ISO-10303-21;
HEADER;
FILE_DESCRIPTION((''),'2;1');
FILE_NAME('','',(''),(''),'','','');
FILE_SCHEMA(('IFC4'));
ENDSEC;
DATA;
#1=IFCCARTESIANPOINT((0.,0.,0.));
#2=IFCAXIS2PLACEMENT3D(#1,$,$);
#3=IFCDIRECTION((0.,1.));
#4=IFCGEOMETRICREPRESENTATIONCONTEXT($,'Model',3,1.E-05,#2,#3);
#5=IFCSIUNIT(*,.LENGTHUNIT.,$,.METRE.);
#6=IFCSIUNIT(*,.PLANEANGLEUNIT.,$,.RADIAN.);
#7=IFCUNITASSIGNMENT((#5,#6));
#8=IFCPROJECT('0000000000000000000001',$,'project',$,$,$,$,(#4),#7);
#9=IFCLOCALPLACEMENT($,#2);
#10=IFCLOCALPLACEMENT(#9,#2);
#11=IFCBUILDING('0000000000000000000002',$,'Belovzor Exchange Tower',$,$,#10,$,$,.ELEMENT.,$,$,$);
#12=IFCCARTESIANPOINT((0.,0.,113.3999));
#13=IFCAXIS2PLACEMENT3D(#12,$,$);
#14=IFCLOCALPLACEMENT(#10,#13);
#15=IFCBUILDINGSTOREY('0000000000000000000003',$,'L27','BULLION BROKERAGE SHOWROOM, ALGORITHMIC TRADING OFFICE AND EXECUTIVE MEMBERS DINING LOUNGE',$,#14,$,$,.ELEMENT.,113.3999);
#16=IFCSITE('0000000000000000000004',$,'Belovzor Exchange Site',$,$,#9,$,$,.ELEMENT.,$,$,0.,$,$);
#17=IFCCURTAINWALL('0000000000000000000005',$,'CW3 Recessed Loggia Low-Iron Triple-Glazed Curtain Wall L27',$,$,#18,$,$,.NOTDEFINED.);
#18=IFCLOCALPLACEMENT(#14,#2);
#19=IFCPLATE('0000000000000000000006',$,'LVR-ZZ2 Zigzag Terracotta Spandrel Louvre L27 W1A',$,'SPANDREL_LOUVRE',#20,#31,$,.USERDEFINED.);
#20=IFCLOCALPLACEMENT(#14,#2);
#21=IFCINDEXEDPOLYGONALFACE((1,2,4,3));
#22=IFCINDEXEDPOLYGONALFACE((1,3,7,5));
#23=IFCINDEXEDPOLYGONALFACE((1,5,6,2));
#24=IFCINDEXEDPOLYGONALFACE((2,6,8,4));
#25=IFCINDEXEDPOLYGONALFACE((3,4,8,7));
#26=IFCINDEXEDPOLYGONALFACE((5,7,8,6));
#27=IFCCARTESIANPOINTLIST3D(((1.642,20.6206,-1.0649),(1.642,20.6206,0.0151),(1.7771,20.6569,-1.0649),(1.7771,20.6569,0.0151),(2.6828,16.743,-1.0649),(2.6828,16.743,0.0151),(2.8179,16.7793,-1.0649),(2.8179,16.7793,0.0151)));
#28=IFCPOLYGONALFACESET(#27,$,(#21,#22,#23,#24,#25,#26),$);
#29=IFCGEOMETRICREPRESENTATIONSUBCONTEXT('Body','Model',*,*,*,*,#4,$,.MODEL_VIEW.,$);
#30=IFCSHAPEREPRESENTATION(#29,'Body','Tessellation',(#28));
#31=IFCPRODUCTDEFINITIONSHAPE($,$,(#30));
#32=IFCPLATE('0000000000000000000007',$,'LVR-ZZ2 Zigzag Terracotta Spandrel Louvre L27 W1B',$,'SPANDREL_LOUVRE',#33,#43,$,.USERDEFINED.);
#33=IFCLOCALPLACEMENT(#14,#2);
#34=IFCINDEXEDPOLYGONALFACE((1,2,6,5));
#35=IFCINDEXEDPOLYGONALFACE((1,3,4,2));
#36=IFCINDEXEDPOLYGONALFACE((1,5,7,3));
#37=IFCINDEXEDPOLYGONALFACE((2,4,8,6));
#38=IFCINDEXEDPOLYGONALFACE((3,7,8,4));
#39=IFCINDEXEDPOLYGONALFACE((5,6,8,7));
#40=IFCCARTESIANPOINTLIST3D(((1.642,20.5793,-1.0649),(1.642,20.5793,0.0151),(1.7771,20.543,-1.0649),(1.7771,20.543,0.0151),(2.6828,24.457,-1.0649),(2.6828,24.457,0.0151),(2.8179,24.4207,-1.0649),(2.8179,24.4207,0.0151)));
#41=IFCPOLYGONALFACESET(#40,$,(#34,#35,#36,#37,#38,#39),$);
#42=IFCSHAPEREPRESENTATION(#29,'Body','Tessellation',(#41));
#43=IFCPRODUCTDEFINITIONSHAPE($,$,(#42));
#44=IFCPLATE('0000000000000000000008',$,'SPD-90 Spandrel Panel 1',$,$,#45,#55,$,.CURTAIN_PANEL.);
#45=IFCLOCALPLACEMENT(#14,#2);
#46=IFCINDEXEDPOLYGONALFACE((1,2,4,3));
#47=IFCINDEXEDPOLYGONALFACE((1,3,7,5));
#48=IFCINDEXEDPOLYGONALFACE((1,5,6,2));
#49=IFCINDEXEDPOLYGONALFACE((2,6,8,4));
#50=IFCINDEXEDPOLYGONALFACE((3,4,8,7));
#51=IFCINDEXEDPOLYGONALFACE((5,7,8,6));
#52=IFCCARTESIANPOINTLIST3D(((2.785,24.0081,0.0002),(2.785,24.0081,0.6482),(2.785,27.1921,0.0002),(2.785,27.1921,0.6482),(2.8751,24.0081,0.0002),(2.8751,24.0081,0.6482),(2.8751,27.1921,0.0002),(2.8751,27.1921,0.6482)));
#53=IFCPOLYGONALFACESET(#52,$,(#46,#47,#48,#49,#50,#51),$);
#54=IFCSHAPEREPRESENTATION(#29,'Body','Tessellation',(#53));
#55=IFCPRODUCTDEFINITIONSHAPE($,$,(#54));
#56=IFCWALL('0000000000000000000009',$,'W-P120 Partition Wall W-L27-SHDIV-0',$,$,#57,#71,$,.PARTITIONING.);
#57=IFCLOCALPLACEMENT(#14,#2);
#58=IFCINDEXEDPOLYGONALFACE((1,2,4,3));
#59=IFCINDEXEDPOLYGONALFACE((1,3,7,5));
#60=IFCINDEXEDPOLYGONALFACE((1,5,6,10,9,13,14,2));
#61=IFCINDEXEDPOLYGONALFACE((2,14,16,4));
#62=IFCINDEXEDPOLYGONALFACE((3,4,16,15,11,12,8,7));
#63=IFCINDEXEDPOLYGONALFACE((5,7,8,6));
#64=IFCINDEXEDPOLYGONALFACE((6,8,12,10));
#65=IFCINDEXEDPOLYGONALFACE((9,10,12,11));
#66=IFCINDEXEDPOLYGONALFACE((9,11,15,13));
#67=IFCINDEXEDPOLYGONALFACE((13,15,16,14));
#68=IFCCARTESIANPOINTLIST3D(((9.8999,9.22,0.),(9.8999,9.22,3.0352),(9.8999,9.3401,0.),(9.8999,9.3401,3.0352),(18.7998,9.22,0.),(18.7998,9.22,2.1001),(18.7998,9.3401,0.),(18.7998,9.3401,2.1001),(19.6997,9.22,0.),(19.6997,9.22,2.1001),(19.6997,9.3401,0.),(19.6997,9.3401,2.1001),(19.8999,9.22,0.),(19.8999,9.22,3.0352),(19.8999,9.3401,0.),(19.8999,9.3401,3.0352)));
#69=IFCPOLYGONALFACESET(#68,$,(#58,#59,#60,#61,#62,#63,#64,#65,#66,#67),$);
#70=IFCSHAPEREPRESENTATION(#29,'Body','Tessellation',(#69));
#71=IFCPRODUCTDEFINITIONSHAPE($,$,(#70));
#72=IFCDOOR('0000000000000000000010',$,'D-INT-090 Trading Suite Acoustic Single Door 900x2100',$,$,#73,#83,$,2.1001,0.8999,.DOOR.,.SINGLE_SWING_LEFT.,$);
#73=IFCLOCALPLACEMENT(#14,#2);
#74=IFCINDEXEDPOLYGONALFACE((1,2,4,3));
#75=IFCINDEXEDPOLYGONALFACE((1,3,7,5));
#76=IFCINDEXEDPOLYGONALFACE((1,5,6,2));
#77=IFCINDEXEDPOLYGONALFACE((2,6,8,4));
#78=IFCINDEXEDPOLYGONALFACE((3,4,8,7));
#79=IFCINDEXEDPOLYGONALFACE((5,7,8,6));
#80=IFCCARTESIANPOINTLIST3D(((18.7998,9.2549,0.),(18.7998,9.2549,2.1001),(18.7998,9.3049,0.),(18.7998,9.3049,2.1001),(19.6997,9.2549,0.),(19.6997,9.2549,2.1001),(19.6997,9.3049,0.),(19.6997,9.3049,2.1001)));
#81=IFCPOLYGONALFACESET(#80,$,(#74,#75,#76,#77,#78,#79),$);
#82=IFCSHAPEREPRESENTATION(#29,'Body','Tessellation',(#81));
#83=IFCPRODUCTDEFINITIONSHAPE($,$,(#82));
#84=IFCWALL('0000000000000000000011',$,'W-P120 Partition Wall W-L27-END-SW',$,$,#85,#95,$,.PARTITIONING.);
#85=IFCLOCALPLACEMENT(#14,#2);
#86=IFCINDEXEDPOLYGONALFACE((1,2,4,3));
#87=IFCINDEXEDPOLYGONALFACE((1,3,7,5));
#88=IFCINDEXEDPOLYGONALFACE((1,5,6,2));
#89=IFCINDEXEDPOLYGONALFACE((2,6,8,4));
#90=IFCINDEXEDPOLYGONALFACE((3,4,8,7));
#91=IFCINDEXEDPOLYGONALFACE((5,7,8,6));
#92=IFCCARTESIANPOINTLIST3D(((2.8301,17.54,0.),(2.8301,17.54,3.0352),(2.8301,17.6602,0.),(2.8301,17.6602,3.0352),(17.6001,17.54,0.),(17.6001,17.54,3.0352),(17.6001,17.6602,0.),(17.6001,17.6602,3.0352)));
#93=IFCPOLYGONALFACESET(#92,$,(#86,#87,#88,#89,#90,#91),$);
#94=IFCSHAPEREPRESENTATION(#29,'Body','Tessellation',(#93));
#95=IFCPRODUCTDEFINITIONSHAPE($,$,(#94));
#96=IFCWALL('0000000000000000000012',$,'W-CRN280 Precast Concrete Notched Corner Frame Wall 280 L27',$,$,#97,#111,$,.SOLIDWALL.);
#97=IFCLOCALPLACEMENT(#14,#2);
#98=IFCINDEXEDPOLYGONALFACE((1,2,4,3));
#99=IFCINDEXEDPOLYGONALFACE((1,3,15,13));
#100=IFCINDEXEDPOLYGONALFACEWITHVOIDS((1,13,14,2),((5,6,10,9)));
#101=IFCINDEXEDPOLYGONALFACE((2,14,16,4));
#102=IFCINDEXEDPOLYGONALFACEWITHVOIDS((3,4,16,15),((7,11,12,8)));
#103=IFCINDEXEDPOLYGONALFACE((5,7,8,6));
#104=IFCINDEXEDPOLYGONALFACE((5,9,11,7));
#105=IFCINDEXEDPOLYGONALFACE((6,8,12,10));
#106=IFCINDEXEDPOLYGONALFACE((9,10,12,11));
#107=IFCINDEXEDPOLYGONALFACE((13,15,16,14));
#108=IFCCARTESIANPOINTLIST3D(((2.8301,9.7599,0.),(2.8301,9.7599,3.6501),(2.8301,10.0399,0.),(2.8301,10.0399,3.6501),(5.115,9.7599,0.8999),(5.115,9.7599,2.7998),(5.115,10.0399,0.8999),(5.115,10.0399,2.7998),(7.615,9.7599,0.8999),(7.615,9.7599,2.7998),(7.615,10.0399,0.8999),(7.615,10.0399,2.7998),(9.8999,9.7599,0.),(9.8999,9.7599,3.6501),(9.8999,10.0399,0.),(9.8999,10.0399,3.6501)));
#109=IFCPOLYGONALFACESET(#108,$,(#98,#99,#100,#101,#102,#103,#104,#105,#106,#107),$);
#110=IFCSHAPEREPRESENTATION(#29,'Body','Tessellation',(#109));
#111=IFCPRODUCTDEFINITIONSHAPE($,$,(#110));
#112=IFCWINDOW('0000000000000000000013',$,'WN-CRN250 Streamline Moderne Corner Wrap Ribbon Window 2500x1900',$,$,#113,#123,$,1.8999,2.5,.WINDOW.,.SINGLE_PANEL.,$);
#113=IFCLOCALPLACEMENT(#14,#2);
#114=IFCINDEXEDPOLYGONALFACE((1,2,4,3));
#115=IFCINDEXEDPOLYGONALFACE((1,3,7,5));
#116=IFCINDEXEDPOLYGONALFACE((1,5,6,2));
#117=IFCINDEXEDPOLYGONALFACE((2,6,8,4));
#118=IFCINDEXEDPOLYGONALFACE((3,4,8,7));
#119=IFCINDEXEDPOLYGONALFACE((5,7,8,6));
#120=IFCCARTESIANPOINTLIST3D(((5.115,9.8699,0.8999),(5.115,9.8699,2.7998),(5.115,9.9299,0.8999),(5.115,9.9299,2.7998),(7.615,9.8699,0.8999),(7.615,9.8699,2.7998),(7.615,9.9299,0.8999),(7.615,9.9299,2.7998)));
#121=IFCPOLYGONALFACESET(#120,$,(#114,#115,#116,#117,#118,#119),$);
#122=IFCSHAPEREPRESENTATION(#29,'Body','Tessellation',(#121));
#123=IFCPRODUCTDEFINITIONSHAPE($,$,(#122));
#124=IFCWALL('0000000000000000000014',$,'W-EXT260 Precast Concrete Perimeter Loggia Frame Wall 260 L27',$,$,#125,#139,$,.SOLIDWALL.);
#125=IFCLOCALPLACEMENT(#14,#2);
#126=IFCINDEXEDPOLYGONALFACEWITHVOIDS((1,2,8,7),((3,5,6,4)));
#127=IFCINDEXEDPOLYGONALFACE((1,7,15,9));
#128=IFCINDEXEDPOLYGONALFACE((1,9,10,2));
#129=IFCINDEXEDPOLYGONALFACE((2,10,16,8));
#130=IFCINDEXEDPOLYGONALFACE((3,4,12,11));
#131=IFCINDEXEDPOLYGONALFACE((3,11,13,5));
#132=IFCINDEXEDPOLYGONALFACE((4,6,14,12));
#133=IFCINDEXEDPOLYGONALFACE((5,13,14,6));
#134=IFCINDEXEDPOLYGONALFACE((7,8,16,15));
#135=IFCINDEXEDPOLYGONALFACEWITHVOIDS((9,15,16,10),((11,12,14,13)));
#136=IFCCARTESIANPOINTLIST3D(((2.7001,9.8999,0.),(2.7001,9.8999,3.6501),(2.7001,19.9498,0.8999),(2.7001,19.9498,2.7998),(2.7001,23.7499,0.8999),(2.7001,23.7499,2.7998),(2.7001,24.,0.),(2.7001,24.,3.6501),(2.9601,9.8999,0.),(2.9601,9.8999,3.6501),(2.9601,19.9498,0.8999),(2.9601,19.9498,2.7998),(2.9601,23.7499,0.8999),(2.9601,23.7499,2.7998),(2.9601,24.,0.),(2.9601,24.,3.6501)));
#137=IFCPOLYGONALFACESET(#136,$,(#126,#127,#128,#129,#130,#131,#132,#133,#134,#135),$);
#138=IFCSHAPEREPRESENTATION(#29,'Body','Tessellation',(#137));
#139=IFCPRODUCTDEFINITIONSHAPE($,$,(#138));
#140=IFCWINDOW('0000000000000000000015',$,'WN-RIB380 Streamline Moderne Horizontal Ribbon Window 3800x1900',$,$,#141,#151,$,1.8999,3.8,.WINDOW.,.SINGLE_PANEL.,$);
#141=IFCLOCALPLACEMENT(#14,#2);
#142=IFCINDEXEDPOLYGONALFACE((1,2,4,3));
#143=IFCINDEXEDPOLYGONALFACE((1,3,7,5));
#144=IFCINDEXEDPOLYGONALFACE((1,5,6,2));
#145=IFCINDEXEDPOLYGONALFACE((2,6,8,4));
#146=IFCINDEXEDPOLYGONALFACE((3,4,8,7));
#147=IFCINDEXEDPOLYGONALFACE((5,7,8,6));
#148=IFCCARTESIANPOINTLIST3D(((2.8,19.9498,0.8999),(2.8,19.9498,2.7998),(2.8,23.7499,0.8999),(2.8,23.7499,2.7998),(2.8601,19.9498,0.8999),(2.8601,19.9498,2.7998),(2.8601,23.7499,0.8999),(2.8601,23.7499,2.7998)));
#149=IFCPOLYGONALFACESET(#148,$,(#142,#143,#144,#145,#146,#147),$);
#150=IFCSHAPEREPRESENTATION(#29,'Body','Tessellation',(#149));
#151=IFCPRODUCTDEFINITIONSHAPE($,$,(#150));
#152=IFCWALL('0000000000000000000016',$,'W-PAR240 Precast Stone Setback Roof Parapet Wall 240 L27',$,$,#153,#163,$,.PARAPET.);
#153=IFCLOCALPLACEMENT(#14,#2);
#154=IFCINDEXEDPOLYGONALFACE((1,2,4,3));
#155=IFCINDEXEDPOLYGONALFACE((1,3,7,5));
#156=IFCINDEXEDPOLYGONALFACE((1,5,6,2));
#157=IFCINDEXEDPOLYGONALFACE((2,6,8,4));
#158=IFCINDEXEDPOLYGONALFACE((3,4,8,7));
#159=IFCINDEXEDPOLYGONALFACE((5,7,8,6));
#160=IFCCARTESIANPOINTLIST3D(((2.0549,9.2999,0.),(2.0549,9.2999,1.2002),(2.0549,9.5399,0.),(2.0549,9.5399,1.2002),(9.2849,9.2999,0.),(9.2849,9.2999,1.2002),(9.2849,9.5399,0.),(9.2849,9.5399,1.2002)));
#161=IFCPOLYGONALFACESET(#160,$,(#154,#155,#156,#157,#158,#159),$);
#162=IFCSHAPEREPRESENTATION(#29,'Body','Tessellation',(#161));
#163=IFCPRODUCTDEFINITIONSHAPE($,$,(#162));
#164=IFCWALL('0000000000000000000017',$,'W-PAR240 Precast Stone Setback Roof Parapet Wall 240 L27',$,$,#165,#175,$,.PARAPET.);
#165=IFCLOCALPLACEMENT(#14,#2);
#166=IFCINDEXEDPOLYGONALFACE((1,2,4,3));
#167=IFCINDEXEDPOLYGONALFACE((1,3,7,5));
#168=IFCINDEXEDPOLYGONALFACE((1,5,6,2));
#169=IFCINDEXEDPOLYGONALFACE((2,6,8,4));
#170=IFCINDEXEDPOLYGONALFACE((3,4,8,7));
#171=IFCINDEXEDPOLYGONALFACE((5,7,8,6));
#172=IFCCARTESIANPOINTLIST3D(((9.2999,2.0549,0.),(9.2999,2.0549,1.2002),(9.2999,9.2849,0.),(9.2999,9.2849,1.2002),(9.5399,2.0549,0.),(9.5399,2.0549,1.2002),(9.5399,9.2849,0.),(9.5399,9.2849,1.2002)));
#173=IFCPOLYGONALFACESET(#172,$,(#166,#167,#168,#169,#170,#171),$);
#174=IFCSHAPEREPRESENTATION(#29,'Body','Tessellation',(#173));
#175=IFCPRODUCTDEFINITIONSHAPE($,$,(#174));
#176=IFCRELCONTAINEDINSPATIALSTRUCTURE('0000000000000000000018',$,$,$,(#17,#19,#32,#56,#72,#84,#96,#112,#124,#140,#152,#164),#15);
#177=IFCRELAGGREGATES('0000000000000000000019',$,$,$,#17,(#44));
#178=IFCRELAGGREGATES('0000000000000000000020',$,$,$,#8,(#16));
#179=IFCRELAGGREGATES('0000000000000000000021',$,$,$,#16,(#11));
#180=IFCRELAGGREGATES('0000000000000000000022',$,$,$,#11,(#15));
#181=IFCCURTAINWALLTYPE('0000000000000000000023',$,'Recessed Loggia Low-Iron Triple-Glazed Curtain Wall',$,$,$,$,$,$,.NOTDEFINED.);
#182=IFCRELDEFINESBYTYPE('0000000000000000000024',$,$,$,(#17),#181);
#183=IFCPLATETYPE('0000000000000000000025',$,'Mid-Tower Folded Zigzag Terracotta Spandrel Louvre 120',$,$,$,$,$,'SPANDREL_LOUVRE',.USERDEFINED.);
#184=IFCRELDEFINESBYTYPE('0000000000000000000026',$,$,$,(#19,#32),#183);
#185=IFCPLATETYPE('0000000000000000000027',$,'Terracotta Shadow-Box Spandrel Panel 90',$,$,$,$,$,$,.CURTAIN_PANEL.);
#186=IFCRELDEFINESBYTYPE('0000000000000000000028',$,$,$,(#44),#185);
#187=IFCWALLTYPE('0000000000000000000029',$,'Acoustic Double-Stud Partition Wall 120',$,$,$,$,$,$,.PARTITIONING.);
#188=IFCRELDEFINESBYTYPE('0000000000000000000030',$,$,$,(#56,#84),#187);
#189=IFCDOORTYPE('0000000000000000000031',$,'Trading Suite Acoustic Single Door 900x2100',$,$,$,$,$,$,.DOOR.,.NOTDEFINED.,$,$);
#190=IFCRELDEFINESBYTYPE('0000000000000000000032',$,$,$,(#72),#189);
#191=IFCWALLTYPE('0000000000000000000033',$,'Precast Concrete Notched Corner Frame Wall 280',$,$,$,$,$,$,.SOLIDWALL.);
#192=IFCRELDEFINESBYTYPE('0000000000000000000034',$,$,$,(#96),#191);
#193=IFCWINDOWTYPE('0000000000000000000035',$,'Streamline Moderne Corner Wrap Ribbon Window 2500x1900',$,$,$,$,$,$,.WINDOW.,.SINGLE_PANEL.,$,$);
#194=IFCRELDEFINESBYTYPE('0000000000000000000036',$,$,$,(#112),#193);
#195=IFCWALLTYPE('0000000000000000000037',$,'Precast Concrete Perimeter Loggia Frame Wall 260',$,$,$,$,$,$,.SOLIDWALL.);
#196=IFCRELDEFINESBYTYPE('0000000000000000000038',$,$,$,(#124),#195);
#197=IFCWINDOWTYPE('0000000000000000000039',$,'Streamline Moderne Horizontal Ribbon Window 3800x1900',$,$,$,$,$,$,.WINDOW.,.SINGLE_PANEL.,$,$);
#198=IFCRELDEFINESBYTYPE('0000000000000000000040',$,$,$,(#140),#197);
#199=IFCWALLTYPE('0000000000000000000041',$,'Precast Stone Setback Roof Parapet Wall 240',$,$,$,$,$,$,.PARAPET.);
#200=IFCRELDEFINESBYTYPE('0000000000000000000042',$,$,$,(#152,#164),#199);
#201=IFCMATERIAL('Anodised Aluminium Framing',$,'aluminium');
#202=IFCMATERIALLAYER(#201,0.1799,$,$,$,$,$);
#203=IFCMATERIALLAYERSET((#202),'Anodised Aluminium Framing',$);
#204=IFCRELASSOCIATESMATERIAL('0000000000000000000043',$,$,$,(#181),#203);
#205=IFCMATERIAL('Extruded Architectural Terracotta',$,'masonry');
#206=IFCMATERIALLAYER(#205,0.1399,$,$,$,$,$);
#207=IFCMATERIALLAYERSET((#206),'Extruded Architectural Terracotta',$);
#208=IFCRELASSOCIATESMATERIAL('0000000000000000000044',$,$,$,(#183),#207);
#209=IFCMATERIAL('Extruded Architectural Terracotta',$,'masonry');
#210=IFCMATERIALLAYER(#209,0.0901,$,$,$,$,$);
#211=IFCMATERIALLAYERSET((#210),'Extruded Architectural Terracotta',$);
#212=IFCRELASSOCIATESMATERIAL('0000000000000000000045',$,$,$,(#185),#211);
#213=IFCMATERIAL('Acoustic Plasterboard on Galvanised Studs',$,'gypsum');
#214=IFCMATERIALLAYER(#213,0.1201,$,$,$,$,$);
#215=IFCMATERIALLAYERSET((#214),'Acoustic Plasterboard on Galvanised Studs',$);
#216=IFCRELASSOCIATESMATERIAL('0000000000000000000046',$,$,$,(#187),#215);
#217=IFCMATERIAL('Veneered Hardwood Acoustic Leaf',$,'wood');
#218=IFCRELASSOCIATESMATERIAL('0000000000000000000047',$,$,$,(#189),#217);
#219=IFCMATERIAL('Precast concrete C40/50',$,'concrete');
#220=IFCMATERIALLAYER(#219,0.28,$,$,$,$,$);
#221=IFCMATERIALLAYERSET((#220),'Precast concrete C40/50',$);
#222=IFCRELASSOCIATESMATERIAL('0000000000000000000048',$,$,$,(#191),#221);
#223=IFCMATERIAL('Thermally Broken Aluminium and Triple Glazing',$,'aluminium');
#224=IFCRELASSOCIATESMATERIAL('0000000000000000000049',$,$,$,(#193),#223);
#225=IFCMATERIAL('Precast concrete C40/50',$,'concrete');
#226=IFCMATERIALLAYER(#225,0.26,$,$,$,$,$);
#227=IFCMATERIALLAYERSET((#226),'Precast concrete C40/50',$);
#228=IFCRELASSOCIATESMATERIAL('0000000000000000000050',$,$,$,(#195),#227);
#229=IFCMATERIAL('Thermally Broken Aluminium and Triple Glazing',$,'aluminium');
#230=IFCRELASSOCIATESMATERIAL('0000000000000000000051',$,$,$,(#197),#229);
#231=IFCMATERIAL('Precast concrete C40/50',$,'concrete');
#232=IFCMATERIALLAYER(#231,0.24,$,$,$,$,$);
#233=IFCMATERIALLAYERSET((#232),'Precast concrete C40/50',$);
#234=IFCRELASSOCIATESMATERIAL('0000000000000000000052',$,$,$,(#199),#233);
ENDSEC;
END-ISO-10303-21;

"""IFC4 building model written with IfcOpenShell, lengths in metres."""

from ifc_helpers import new_model, si_unit, direction, frame, frame_2d, origin, origin_2d, place, context, subcontext, project, spatial, rectangle, extrude, material, layer, layer_set, type_object, element, fill, aggregate, save


model = new_model("IFC4")

# Units and contexts
model_context = context("Model", 3, precision=1e-05, world=origin(), true_north=direction((0.0, 1.0)))
body_context = subcontext(model_context, "Body", "Model", "MODEL_VIEW")
ifc_project = project(units=[si_unit("LENGTHUNIT", "METRE"), si_unit("PLANEANGLEUNIT", "RADIAN")], contexts=[model_context])

# Site, building, storey
site_placement = place(None, origin())
site = spatial("IfcSite", under=ifc_project, at=site_placement, Name="Belovzor Exchange Site", CompositionType="ELEMENT", RefElevation=0.0)
building_placement = place(site_placement, origin())
building = spatial("IfcBuilding", under=site, at=building_placement, Name="Belovzor Exchange Tower", CompositionType="ELEMENT")
storey_placement = place(building_placement, frame((0.0, 0.0, 113.3999)))
storey = spatial("IfcBuildingStorey", under=building, at=storey_placement, Name="L27", Description="BULLION BROKERAGE SHOWROOM, ALGORITHMIC TRADING OFFICE AND EXECUTIVE MEMBERS DINING LOUNGE", CompositionType="ELEMENT", Elevation=113.3999)

# Curtain wall
ifc_material_1 = material(Name="Anodised Aluminium Framing", Category="aluminium")
ifc_layer_1 = layer(ifc_material_1, 0.1799)
ifc_layer_set_1 = layer_set([ifc_layer_1], Name="Anodised Aluminium Framing")
curtain_wall_type_1 = type_object("IfcCurtainWallType", Name="Recessed Loggia Low-Iron Triple-Glazed Curtain Wall", PredefinedType="NOTDEFINED", material=ifc_layer_set_1)
curtain_wall_1_placement = place(storey_placement, origin())
curtain_wall_1 = element("IfcCurtainWall", 1, at=curtain_wall_1_placement, inside=storey, type_object=curtain_wall_type_1, Name="CW3 Recessed Loggia Low-Iron Triple-Glazed Curtain Wall L27", PredefinedType="NOTDEFINED")

# Plates
ifc_material_2 = material(Name="Extruded Architectural Terracotta", Category="masonry")
ifc_layer_2 = layer(ifc_material_2, 0.1399)
ifc_layer_set_2 = layer_set([ifc_layer_2], Name="Extruded Architectural Terracotta")
plate_type_1 = type_object("IfcPlateType", Name="Mid-Tower Folded Zigzag Terracotta Spandrel Louvre 120", ElementType="SPANDREL_LOUVRE", PredefinedType="USERDEFINED", material=ifc_layer_set_2)
for number, where, z_axis, x_axis, name in (
    (2, (2.23, 18.7, -1.0649), (0.0, 0.0, 1.0), (-0.25924, 0.965813, 0.0), "LVR-ZZ2 Zigzag Terracotta Spandrel Louvre L27 W1A"),
    (3, (2.23, 22.5, -1.0649), (0.0, 0.0, 1.0), (0.25924, 0.965813, 0.0), "LVR-ZZ2 Zigzag Terracotta Spandrel Louvre L27 W1B"),
):
    element("IfcPlate", number, at=place(storey_placement, frame(where, z_axis=z_axis, x_axis=x_axis)), inside=storey, type_object=plate_type_1, Name=name, ObjectType="SPANDREL_LOUVRE", PredefinedType="USERDEFINED", context=body_context, shape_type="SweptSolid", body=[
        extrude(rectangle(XDim=4.0149, YDim=0.1399, at=origin_2d()), origin(), (0.0, 0.0, 1.0), 1.0801),
    ])

# Plate
ifc_material_3 = material(Name="Extruded Architectural Terracotta", Category="masonry")
ifc_layer_3 = layer(ifc_material_3, 0.0901)
ifc_layer_set_3 = layer_set([ifc_layer_3], Name="Extruded Architectural Terracotta")
plate_type_2 = type_object("IfcPlateType", Name="Terracotta Shadow-Box Spandrel Panel 90", PredefinedType="CURTAIN_PANEL", material=ifc_layer_set_3)
plate_1_placement = place(storey_placement, frame((2.8301, 25.6001, 0.0002), z_axis=(0.0, 0.0, 1.0), x_axis=(0.0, 1.0, 0.0)))
plate_1 = element("IfcPlate", 4, at=plate_1_placement, type_object=plate_type_2, Name="SPD-90 Spandrel Panel 1", PredefinedType="CURTAIN_PANEL", context=body_context, shape_type="SweptSolid", body=[
    extrude(rectangle(XDim=3.1841, YDim=0.0901, at=origin_2d()), origin(), (0.0, 0.0, 1.0), 0.6479),
])
aggregate(curtain_wall_1, [plate_1])

# Wall, opening, door
ifc_material_4 = material(Name="Acoustic Plasterboard on Galvanised Studs", Category="gypsum")
ifc_layer_4 = layer(ifc_material_4, 0.1201)
ifc_layer_set_4 = layer_set([ifc_layer_4], Name="Acoustic Plasterboard on Galvanised Studs")
wall_type_1 = type_object("IfcWallType", Name="Acoustic Double-Stud Partition Wall 120", PredefinedType="PARTITIONING", material=ifc_layer_set_4)
wall_1_placement = place(storey_placement, frame((9.8999, 9.28, 0.0), z_axis=(0.0, 0.0, 1.0), x_axis=(1.0, 0.0, 0.0)))
wall_1 = element("IfcWall", 5, at=wall_1_placement, inside=storey, type_object=wall_type_1, Name="W-P120 Partition Wall W-L27-SHDIV-0", PredefinedType="PARTITIONING", context=body_context, shape_type="SweptSolid", body=[
    extrude(rectangle(XDim=10.0, YDim=0.1201, at=frame_2d((5.0, 0.0))), origin(), (0.0, 0.0, 1.0), 3.0352),
])
opening_1_placement = place(wall_1_placement, frame((8.8999, 0.0, 0.0)))
opening_1 = element("IfcOpeningElement", 6, at=opening_1_placement, cuts=wall_1, PredefinedType="OPENING", context=body_context, shape_type="SweptSolid", body=[
    extrude(rectangle(XDim=0.8999, YDim=2.1001, at=frame_2d((0.45, 1.05))), frame((0.0, 0.0701, 0.0), z_axis=(0.0, -1.0, 0.0), x_axis=(1.0, 0.0, 0.0)), (0.0, 0.0, 1.0), 0.1401),
])
ifc_material_5 = material(Name="Veneered Hardwood Acoustic Leaf", Category="wood")
door_type = type_object("IfcDoorType", Name="Trading Suite Acoustic Single Door 900x2100", OperationType="NOTDEFINED", PredefinedType="DOOR", material=ifc_material_5)
door_placement = place(opening_1_placement, origin())
door = element("IfcDoor", 7, at=door_placement, inside=storey, type_object=door_type, Name="D-INT-090 Trading Suite Acoustic Single Door 900x2100", OperationType="SINGLE_SWING_LEFT", OverallHeight=2.1001, OverallWidth=0.8999, PredefinedType="DOOR", context=body_context, shape_type="SweptSolid", body=[
    extrude(rectangle(XDim=0.8999, YDim=2.1001, at=frame_2d((0.45, 1.05))), frame((0.0, 0.0249, 0.0), z_axis=(0.0, -1.0, 0.0), x_axis=(1.0, 0.0, 0.0)), (0.0, 0.0, 1.0), 0.05),
])
fill(opening_1, door)

# Wall
wall_2_placement = place(storey_placement, frame((2.8301, 17.6001, 0.0), z_axis=(0.0, 0.0, 1.0), x_axis=(1.0, 0.0, 0.0)))
element("IfcWall", 8, at=wall_2_placement, inside=storey, type_object=wall_type_1, Name="W-P120 Partition Wall W-L27-END-SW", PredefinedType="PARTITIONING", context=body_context, shape_type="SweptSolid", body=[
    extrude(rectangle(XDim=14.77, YDim=0.1201, at=frame_2d((7.385, 0.0))), origin(), (0.0, 0.0, 1.0), 3.0352),
])

# Walls, openings, windows
ifc_material_6 = material(Name="Precast concrete C40/50", Category="concrete")
ifc_layer_5 = layer(ifc_material_6, 0.28)
ifc_layer_set_5 = layer_set([ifc_layer_5], Name="Precast concrete C40/50")
wall_type_2 = type_object("IfcWallType", Name="Precast Concrete Notched Corner Frame Wall 280", PredefinedType="SOLIDWALL", material=ifc_layer_set_5)
wall_3_placement = place(storey_placement, frame((9.8999, 9.8999, 0.0), z_axis=(0.0, 0.0, 1.0), x_axis=(-1.0, 0.0, 0.0)))
wall_3 = element("IfcWall", 9, at=wall_3_placement, inside=storey, type_object=wall_type_2, Name="W-CRN280 Precast Concrete Notched Corner Frame Wall 280 L27", PredefinedType="SOLIDWALL", context=body_context, shape_type="SweptSolid", body=[
    extrude(rectangle(XDim=7.0698, YDim=0.28, at=frame_2d((3.5349, 0.0))), origin(), (0.0, 0.0, 1.0), 3.6501),
])
opening_2_placement = place(wall_3_placement, frame((2.2849, 0.0, 0.8999)))
opening_2 = element("IfcOpeningElement", 10, at=opening_2_placement, cuts=wall_3, PredefinedType="OPENING", context=body_context, shape_type="SweptSolid", body=[
    extrude(rectangle(XDim=2.5, YDim=1.8999, at=frame_2d((1.25, 0.95))), frame((0.0, 0.1499, 0.0), z_axis=(0.0, -1.0, 0.0), x_axis=(1.0, 0.0, 0.0)), (0.0, 0.0, 1.0), 0.3),
])
ifc_material_7 = material(Name="Thermally Broken Aluminium and Triple Glazing", Category="aluminium")
window_type_1 = type_object("IfcWindowType", Name="Streamline Moderne Corner Wrap Ribbon Window 2500x1900", PartitioningType="SINGLE_PANEL", PredefinedType="WINDOW", material=ifc_material_7)
window_1_placement = place(opening_2_placement, origin())
window_1 = element("IfcWindow", 11, at=window_1_placement, inside=storey, type_object=window_type_1, Name="WN-CRN250 Streamline Moderne Corner Wrap Ribbon Window 2500x1900", OverallHeight=1.8999, OverallWidth=2.5, PartitioningType="SINGLE_PANEL", PredefinedType="WINDOW", context=body_context, shape_type="SweptSolid", body=[
    extrude(rectangle(XDim=2.5, YDim=1.8999, at=frame_2d((1.25, 0.95))), frame((0.0, 0.03, 0.0), z_axis=(0.0, -1.0, 0.0), x_axis=(1.0, 0.0, 0.0)), (0.0, 0.0, 1.0), 0.0601),
])
fill(opening_2, window_1)
ifc_material_8 = material(Name="Precast concrete C40/50", Category="concrete")
ifc_layer_6 = layer(ifc_material_8, 0.26)
ifc_layer_set_6 = layer_set([ifc_layer_6], Name="Precast concrete C40/50")
wall_type_3 = type_object("IfcWallType", Name="Precast Concrete Perimeter Loggia Frame Wall 260", PredefinedType="SOLIDWALL", material=ifc_layer_set_6)
wall_4_placement = place(storey_placement, frame((2.8301, 9.8999, 0.0), z_axis=(0.0, 0.0, 1.0), x_axis=(0.0, 1.0, 0.0)))
wall_4 = element("IfcWall", 12, at=wall_4_placement, inside=storey, type_object=wall_type_3, Name="W-EXT260 Precast Concrete Perimeter Loggia Frame Wall 260 L27", PredefinedType="SOLIDWALL", context=body_context, shape_type="SweptSolid", body=[
    extrude(rectangle(XDim=14.1001, YDim=0.26, at=frame_2d((7.05, 0.0))), origin(), (0.0, 0.0, 1.0), 3.6501),
])
opening_3_placement = place(wall_4_placement, frame((10.05, 0.0, 0.8999)))
opening_3 = element("IfcOpeningElement", 13, at=opening_3_placement, cuts=wall_4, PredefinedType="OPENING", context=body_context, shape_type="SweptSolid", body=[
    extrude(rectangle(XDim=3.8, YDim=1.8999, at=frame_2d((1.8999, 0.95))), frame((0.0, 0.1399, 0.0), z_axis=(0.0, -1.0, 0.0), x_axis=(1.0, 0.0, 0.0)), (0.0, 0.0, 1.0), 0.28),
])
ifc_material_9 = material(Name="Thermally Broken Aluminium and Triple Glazing", Category="aluminium")
window_type_2 = type_object("IfcWindowType", Name="Streamline Moderne Horizontal Ribbon Window 3800x1900", PartitioningType="SINGLE_PANEL", PredefinedType="WINDOW", material=ifc_material_9)
window_2_placement = place(opening_3_placement, origin())
window_2 = element("IfcWindow", 14, at=window_2_placement, inside=storey, type_object=window_type_2, Name="WN-RIB380 Streamline Moderne Horizontal Ribbon Window 3800x1900", OverallHeight=1.8999, OverallWidth=3.8, PartitioningType="SINGLE_PANEL", PredefinedType="WINDOW", context=body_context, shape_type="SweptSolid", body=[
    extrude(rectangle(XDim=3.8, YDim=1.8999, at=frame_2d((1.8999, 0.95))), frame((0.0, 0.03, 0.0), z_axis=(0.0, -1.0, 0.0), x_axis=(1.0, 0.0, 0.0)), (0.0, 0.0, 1.0), 0.0601),
])
fill(opening_3, window_2)

# Walls
ifc_material_10 = material(Name="Precast concrete C40/50", Category="concrete")
ifc_layer_7 = layer(ifc_material_10, 0.24)
ifc_layer_set_7 = layer_set([ifc_layer_7], Name="Precast concrete C40/50")
wall_type_4 = type_object("IfcWallType", Name="Precast Stone Setback Roof Parapet Wall 240", PredefinedType="PARAPET", material=ifc_layer_set_7)
for number, where, z_axis, x_axis, name in (
    (15, (2.0549, 9.4199, 0.0), (0.0, 0.0, 1.0), (1.0, 0.0, 0.0), "W-PAR240 Precast Stone Setback Roof Parapet Wall 240 L27"),
    (16, (9.4199, 9.2849, 0.0), (0.0, 0.0, 1.0), (0.0, -1.0, 0.0), "W-PAR240 Precast Stone Setback Roof Parapet Wall 240 L27"),
):
    element("IfcWall", number, at=place(storey_placement, frame(where, z_axis=z_axis, x_axis=x_axis)), inside=storey, type_object=wall_type_4, Name=name, PredefinedType="PARAPET", context=body_context, shape_type="SweptSolid", body=[
        extrude(rectangle(XDim=7.23, YDim=0.24, at=frame_2d((3.615, 0.0))), origin(), (0.0, 0.0, 1.0), 1.2002),
    ])

save(model, "model.ifc")
